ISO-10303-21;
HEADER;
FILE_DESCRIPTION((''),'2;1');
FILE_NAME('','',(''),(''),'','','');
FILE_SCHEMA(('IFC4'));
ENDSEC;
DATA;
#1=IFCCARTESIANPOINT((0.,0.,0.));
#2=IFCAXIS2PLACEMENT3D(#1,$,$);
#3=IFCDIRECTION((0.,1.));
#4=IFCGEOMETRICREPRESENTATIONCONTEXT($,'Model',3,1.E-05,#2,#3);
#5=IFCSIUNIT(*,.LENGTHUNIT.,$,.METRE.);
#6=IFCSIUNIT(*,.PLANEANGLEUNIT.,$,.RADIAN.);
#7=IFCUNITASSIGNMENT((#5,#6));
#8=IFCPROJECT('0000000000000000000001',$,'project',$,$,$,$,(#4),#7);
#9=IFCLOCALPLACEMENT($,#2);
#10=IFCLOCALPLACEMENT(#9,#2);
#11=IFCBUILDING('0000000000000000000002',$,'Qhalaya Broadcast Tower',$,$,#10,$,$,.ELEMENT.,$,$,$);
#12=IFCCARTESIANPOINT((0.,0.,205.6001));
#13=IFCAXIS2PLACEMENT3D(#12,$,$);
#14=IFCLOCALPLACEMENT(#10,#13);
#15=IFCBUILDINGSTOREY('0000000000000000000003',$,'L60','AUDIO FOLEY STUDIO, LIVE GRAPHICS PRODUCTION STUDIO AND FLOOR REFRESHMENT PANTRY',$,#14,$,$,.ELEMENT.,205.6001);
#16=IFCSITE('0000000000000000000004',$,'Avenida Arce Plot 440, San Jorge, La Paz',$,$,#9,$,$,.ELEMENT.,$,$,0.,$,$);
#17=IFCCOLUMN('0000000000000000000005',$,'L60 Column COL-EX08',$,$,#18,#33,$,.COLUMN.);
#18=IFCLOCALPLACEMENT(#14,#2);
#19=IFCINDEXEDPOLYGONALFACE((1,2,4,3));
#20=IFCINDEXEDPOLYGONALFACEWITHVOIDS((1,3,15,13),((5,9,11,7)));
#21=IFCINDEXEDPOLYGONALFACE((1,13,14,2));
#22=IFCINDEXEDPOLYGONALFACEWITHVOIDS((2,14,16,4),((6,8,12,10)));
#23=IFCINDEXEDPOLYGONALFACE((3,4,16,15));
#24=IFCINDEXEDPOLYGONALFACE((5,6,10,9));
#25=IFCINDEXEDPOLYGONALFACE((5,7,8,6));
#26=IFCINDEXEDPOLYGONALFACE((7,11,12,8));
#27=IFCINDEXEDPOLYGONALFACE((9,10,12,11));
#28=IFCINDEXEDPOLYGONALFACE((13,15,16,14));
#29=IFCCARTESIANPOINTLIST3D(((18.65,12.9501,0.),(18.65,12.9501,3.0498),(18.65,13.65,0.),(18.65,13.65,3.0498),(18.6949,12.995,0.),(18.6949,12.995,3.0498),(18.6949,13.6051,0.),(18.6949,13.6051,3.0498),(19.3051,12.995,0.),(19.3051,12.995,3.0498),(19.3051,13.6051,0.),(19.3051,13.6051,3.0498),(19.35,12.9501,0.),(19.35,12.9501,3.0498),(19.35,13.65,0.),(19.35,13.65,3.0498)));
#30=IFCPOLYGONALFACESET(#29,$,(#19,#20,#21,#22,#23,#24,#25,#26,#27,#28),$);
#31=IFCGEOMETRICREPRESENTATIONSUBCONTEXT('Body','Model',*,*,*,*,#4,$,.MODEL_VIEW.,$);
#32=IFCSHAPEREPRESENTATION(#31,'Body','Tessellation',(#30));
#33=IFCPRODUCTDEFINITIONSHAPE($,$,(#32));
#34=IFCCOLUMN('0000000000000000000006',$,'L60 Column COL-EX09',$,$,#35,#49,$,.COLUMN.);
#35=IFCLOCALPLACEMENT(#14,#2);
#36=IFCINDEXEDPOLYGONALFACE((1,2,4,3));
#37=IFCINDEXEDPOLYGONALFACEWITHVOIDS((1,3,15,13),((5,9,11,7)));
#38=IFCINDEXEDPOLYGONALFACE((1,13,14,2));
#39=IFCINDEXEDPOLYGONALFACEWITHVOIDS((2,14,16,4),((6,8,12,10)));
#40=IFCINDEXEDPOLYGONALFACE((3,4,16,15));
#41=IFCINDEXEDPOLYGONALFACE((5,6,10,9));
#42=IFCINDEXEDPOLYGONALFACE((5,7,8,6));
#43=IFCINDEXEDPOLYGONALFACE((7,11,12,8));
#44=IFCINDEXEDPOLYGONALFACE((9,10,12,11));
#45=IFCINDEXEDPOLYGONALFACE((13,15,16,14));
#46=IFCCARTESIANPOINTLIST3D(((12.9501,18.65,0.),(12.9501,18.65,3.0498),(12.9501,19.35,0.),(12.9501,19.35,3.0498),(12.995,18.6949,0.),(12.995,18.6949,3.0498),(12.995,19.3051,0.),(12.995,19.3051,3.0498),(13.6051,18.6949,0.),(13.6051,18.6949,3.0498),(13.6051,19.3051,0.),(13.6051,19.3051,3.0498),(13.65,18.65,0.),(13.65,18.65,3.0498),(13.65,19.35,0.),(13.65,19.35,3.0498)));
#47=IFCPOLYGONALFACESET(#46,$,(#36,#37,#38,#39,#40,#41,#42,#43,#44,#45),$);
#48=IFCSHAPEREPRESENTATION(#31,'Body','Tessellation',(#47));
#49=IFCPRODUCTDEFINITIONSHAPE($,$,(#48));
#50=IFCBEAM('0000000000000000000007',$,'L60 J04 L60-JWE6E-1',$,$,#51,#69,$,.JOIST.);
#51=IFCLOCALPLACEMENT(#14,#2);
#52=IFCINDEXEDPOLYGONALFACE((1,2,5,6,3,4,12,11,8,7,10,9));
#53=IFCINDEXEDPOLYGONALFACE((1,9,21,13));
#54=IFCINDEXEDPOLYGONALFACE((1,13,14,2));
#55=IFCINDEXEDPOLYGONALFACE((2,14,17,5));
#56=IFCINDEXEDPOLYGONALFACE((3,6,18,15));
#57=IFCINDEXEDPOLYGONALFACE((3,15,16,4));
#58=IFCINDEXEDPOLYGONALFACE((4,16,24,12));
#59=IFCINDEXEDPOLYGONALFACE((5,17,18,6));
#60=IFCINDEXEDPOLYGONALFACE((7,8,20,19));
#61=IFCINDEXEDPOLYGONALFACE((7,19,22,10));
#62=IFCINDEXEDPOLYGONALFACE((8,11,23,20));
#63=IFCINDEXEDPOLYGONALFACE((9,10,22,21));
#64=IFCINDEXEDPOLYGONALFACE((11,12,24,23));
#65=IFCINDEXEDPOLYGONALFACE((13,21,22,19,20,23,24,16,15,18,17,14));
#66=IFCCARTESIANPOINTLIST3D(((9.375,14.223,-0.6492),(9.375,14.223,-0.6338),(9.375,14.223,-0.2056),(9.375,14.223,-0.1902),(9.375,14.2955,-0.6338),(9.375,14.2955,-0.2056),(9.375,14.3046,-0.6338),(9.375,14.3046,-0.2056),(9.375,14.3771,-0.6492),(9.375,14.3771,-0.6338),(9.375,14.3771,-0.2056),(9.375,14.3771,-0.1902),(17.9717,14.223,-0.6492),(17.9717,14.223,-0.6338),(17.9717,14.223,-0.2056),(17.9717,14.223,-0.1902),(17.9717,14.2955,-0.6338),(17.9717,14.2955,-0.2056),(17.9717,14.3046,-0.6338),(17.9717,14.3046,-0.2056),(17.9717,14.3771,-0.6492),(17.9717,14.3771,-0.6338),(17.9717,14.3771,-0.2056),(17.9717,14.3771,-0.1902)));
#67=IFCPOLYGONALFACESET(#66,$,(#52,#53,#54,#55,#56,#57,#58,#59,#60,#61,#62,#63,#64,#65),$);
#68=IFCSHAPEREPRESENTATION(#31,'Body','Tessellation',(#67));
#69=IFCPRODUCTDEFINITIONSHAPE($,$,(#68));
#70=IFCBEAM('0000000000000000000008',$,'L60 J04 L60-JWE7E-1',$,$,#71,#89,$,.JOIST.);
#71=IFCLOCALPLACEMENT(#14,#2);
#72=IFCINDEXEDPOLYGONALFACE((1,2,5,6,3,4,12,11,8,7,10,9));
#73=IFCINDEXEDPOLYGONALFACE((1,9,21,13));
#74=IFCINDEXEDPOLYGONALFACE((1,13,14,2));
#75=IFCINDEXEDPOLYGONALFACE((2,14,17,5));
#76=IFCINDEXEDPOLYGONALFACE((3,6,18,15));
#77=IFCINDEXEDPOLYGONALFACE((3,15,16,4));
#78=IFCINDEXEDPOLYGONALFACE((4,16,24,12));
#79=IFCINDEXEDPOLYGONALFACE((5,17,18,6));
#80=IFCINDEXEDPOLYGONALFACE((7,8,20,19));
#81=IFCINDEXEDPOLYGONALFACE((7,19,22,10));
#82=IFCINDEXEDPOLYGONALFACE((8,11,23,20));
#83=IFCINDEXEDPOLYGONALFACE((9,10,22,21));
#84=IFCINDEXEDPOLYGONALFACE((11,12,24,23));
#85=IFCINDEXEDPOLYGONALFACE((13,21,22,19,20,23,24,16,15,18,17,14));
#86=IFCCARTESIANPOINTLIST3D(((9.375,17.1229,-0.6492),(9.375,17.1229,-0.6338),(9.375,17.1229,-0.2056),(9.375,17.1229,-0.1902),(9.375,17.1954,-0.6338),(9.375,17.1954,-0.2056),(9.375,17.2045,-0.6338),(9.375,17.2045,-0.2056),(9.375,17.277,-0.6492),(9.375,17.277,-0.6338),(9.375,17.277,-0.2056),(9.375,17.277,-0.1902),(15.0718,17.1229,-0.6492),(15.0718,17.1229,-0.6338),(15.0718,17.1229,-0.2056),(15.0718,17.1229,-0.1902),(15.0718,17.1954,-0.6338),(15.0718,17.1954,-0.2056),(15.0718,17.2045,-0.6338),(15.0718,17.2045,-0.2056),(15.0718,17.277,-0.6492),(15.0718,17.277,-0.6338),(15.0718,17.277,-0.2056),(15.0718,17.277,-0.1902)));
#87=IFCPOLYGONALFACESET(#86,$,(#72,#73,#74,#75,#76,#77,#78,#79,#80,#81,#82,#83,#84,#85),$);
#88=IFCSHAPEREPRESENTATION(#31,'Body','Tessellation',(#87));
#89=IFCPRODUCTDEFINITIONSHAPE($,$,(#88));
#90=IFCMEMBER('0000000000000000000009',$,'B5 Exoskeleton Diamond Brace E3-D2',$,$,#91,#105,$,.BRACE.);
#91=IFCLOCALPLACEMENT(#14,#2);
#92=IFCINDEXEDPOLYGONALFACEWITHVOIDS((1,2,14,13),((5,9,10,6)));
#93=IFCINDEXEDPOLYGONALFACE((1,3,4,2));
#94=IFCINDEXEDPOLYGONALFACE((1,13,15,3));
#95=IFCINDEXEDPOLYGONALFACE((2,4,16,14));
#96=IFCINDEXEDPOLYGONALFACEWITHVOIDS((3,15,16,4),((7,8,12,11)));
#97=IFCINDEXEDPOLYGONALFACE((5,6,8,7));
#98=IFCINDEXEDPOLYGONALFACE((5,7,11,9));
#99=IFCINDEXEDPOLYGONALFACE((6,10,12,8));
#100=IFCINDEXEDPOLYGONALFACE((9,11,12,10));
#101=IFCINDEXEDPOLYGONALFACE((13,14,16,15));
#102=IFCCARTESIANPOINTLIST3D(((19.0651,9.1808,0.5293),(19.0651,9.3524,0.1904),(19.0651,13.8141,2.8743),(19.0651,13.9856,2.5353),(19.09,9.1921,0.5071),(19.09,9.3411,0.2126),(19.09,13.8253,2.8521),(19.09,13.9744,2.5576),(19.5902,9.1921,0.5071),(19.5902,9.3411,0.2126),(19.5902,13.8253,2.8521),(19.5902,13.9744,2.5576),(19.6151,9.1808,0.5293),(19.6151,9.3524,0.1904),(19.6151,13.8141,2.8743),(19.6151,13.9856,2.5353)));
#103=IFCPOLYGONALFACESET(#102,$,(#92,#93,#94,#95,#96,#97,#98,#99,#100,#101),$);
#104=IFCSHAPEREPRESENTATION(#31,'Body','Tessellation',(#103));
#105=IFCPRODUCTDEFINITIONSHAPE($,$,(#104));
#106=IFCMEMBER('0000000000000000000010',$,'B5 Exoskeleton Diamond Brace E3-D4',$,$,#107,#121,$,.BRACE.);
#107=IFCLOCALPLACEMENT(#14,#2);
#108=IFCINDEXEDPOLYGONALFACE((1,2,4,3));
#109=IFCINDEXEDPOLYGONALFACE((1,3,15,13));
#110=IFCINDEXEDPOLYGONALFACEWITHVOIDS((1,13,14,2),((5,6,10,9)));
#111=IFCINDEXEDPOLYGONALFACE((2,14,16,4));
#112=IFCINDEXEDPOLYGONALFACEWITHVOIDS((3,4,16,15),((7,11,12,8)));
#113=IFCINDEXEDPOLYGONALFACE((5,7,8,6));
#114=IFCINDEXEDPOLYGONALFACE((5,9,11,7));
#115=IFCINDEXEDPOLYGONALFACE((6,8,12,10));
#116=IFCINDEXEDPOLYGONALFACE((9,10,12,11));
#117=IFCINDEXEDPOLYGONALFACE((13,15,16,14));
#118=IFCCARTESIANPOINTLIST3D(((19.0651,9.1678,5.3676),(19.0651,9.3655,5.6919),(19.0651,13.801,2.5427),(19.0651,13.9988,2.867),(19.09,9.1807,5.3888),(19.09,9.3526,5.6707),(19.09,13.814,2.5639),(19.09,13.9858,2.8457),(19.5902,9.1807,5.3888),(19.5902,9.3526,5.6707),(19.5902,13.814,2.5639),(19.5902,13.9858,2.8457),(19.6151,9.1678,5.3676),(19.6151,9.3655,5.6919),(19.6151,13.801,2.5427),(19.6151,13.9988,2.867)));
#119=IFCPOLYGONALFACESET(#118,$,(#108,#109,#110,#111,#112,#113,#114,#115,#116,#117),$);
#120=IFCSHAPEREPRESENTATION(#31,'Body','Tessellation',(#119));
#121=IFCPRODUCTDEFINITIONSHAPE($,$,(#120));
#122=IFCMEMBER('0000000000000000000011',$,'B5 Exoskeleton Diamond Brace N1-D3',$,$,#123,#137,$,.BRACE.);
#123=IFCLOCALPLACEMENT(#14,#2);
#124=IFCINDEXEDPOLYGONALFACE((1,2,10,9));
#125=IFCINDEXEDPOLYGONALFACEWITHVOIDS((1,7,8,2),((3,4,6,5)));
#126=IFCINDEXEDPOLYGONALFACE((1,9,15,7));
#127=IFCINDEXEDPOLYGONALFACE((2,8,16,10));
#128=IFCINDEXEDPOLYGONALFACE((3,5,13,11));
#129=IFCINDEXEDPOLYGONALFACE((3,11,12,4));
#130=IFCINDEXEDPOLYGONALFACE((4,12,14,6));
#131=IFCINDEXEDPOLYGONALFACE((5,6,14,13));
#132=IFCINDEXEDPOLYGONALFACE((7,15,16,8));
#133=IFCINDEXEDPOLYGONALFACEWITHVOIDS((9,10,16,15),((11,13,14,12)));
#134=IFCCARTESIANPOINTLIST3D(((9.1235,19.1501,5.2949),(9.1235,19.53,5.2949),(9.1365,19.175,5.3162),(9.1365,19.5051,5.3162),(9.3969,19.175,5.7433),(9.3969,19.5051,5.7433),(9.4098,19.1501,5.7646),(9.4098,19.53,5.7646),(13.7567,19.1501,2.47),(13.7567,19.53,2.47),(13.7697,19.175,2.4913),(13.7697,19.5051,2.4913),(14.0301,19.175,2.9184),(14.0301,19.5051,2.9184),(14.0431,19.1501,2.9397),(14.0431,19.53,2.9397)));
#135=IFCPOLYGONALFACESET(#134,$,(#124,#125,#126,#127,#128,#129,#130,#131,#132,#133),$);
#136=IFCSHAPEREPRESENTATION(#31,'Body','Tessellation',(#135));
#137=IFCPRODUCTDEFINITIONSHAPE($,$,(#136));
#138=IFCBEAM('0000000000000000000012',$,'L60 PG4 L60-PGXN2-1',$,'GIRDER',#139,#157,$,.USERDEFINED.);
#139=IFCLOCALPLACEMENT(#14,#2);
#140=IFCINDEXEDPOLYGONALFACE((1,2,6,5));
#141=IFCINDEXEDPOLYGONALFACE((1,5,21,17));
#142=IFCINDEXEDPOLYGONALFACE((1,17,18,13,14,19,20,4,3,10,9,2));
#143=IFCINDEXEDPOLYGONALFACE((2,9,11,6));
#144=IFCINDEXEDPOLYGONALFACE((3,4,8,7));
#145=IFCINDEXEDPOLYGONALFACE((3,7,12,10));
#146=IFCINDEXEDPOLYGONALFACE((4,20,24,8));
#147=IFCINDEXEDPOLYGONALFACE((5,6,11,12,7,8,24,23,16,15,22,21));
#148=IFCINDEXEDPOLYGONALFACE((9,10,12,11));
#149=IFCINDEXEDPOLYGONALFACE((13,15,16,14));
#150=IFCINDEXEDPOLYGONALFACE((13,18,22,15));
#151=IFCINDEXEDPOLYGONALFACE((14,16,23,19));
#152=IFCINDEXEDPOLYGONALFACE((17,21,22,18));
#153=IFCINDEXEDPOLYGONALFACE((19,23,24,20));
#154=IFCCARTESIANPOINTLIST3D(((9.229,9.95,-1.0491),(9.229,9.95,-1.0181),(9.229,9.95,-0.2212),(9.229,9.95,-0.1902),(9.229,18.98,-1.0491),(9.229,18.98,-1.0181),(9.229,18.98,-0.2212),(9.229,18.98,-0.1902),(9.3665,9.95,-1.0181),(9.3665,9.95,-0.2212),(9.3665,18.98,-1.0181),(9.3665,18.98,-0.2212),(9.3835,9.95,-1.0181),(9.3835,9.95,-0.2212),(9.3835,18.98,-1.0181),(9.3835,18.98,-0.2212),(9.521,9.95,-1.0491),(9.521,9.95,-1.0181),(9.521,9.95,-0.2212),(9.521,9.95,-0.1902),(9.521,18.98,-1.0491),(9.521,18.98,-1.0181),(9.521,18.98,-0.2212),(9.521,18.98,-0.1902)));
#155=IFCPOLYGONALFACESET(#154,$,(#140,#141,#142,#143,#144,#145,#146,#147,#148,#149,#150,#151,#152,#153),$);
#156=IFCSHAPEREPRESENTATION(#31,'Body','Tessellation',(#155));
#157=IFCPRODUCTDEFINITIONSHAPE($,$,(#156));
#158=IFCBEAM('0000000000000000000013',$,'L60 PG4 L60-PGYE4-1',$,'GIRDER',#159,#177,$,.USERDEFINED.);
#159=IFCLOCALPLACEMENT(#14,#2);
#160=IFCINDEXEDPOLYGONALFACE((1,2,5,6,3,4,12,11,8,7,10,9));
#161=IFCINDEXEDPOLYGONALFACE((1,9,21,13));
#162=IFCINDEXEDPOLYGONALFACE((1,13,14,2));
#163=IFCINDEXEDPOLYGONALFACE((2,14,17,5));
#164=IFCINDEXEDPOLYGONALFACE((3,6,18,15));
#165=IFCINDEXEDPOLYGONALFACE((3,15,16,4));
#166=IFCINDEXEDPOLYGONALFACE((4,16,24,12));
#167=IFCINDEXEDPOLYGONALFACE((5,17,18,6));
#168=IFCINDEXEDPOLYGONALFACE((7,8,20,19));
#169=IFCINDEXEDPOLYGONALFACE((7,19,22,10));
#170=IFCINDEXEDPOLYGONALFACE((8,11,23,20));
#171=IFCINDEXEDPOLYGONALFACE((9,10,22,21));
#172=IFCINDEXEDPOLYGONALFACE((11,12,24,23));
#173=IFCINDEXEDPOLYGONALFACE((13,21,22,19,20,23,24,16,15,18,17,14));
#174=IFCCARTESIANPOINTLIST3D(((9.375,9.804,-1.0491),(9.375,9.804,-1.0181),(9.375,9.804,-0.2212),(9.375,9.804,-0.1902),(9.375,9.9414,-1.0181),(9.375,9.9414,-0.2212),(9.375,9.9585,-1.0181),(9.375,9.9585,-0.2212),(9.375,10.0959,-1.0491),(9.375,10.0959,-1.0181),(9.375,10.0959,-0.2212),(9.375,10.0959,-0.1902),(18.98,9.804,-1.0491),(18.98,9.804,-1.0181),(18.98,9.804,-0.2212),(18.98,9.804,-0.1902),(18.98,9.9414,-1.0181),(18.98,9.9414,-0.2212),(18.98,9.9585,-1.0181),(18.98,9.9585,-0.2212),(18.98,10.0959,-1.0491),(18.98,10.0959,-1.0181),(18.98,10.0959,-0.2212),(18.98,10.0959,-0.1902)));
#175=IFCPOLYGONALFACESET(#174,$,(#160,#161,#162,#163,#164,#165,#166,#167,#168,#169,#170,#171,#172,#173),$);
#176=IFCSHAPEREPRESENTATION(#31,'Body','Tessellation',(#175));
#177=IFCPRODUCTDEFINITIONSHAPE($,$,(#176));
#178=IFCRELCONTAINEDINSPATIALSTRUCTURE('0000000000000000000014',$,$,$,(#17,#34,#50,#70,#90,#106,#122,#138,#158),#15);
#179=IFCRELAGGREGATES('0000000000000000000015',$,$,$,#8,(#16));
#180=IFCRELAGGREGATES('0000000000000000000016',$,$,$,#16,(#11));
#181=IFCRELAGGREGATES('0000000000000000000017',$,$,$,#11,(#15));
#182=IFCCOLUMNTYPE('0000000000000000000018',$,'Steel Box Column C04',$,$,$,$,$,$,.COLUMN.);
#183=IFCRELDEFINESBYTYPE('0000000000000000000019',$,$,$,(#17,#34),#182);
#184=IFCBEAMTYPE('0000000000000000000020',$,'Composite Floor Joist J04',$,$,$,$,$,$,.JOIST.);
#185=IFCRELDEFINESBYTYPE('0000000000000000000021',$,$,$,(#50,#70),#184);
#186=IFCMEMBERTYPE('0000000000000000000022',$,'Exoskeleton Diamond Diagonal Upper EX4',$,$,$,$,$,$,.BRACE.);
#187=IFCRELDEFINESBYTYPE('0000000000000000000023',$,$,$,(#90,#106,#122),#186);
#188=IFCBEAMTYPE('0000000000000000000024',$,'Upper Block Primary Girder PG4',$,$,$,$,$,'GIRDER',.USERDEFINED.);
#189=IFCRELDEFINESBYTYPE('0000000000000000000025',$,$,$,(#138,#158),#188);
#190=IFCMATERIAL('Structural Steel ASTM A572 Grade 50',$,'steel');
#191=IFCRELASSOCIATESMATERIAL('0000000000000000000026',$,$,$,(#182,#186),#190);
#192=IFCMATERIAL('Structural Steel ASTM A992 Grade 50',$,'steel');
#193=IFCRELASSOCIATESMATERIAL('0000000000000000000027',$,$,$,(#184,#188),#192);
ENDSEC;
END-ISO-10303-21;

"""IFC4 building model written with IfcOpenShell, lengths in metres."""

from ifc_helpers import new_model, si_unit, direction, frame, origin, origin_2d, place, context, subcontext, project, spatial, hollow_rectangle, i_section, extrude, material, material_profile, profile_set, type_object, element, save


model = new_model("IFC4")

# Units and contexts
model_context = context("Model", 3, precision=1e-05, world=origin(), true_north=direction((0.0, 1.0)))
body_context = subcontext(model_context, "Body", "Model", "MODEL_VIEW")
ifc_project = project(units=[si_unit("LENGTHUNIT", "METRE"), si_unit("PLANEANGLEUNIT", "RADIAN")], contexts=[model_context])

# Site, building, storey
site_placement = place(None, origin())
site = spatial("IfcSite", under=ifc_project, at=site_placement, Name="Avenida Arce Plot 440, San Jorge, La Paz", CompositionType="ELEMENT", RefElevation=0.0)
building_placement = place(site_placement, origin())
building = spatial("IfcBuilding", under=site, at=building_placement, Name="Qhalaya Broadcast Tower", CompositionType="ELEMENT")
storey_placement = place(building_placement, frame((0.0, 0.0, 205.6001)))
storey = spatial("IfcBuildingStorey", under=building, at=storey_placement, Name="L60", Description="AUDIO FOLEY STUDIO, LIVE GRAPHICS PRODUCTION STUDIO AND FLOOR REFRESHMENT PANTRY", CompositionType="ELEMENT", Elevation=205.6001)

# Columns
ifc_material_1 = material(Name="Structural Steel ASTM A572 Grade 50", Category="steel")
ifc_material_profile_1 = material_profile(ifc_material_1, hollow_rectangle(XDim=0.7, YDim=0.7, WallThickness=0.0449, at=origin_2d()), Name="BOX 700x700x45")
ifc_profile_set_1 = profile_set([ifc_material_profile_1], Name="Structural Steel ASTM A572 Grade 50")
column_type = type_object("IfcColumnType", Name="Steel Box Column C04", PredefinedType="COLUMN", material=ifc_profile_set_1)
for number, where, z_axis, x_axis, name in (
    (1, (19.0, 13.3, 0.0), (0.0, 0.0, 1.0), (0.0, 1.0, 0.0), "L60 Column COL-EX08"),
    (2, (13.3, 19.0, 0.0), (0.0, 0.0, 1.0), (1.0, 0.0, 0.0), "L60 Column COL-EX09"),
):
    element("IfcColumn", number, at=place(storey_placement, frame(where, z_axis=z_axis, x_axis=x_axis)), inside=storey, type_object=column_type, Name=name, PredefinedType="COLUMN", context=body_context, shape_type="SweptSolid", body=[
        extrude(hollow_rectangle(XDim=0.7, YDim=0.7, WallThickness=0.0449, at=origin_2d()), origin(), (0.0, 0.0, 1.0), 3.0498),
    ])

# Beams
ifc_material_2 = material(Name="Structural Steel ASTM A992 Grade 50", Category="steel")
ifc_material_profile_2 = material_profile(ifc_material_2, i_section(OverallWidth=0.1541, OverallDepth=0.459, WebThickness=0.009, FlangeThickness=0.0154, at=origin_2d()), Name="W18X46")
ifc_profile_set_2 = profile_set([ifc_material_profile_2], Name="Structural Steel ASTM A992 Grade 50")
beam_type_1 = type_object("IfcBeamType", Name="Composite Floor Joist J04", PredefinedType="JOIST", material=ifc_profile_set_2)
beam_1_placement = place(storey_placement, frame((9.375, 14.3, -0.4197), z_axis=(1.0, 0.0, 0.0), x_axis=(0.0, 1.0, 0.0)))
element("IfcBeam", 3, at=beam_1_placement, inside=storey, type_object=beam_type_1, Name="L60 J04 L60-JWE6E-1", PredefinedType="JOIST", context=body_context, shape_type="SweptSolid", body=[
    extrude(i_section(OverallWidth=0.1541, OverallDepth=0.459, WebThickness=0.009, FlangeThickness=0.0154, at=origin_2d()), origin(), (0.0, 0.0, 1.0), 8.5967),
])
beam_2_placement = place(storey_placement, frame((9.375, 17.2, -0.4197), z_axis=(1.0, 0.0, 0.0), x_axis=(0.0, 1.0, 0.0)))
element("IfcBeam", 4, at=beam_2_placement, inside=storey, type_object=beam_type_1, Name="L60 J04 L60-JWE7E-1", PredefinedType="JOIST", context=body_context, shape_type="SweptSolid", body=[
    extrude(i_section(OverallWidth=0.1541, OverallDepth=0.459, WebThickness=0.009, FlangeThickness=0.0154, at=origin_2d()), origin(), (0.0, 0.0, 1.0), 5.6968),
])

# Members
ifc_material_profile_3 = material_profile(ifc_material_1, hollow_rectangle(XDim=0.3799, YDim=0.55, WallThickness=0.0249, at=origin_2d()), Name="BOX 380x550x25")
ifc_profile_set_3 = profile_set([ifc_material_profile_3], Name="Structural Steel ASTM A572 Grade 50")
member_type = type_object("IfcMemberType", Name="Exoskeleton Diamond Diagonal Upper EX4", PredefinedType="BRACE", material=ifc_profile_set_3)
member_placement = place(storey_placement, frame((19.3401, 9.2666, 0.3599), z_axis=(0.0, 0.892235, 0.451571), x_axis=(0.0, -0.451571, 0.892235)))
element("IfcMember", 5, at=member_placement, inside=storey, type_object=member_type, Name="B5 Exoskeleton Diamond Brace E3-D2", PredefinedType="BRACE", context=body_context, shape_type="SweptSolid", body=[
    extrude(hollow_rectangle(XDim=0.3799, YDim=0.55, WallThickness=0.0249, at=origin_2d()), origin(), (0.0, 0.0, 1.0), 5.1929),
])
for number, where, z_axis, x_axis, name in (
    (6, (19.3401, 13.8999, 2.7048), (0.0, -0.853815, 0.520576), (0.0, 0.520576, 0.853815), "B5 Exoskeleton Diamond Brace E3-D4"),
    (7, (13.8999, 19.3401, 2.7048), (-0.853815, 0.0, 0.520576), (0.0, -1.0, 0.0), "B5 Exoskeleton Diamond Brace N1-D3"),
):
    element("IfcMember", number, at=place(storey_placement, frame(where, z_axis=z_axis, x_axis=x_axis)), inside=storey, type_object=member_type, Name=name, PredefinedType="BRACE", context=body_context, shape_type="SweptSolid", body=[
        extrude(hollow_rectangle(XDim=0.3799, YDim=0.55, WallThickness=0.0249, at=origin_2d()), origin(), (0.0, 0.0, 1.0), 5.4265),
    ])

# Beams
ifc_material_profile_4 = material_profile(ifc_material_2, i_section(OverallWidth=0.292, OverallDepth=0.8589, WebThickness=0.0171, FlangeThickness=0.031, at=origin_2d()), Name="W33X169")
ifc_profile_set_4 = profile_set([ifc_material_profile_4], Name="Structural Steel ASTM A992 Grade 50")
beam_type_2 = type_object("IfcBeamType", Name="Upper Block Primary Girder PG4", ElementType="GIRDER", PredefinedType="USERDEFINED", material=ifc_profile_set_4)
beam_3_placement = place(storey_placement, frame((9.375, 9.95, -0.6196), z_axis=(0.0, 1.0, 0.0), x_axis=(-1.0, 0.0, 0.0)))
element("IfcBeam", 8, at=beam_3_placement, inside=storey, type_object=beam_type_2, Name="L60 PG4 L60-PGXN2-1", ObjectType="GIRDER", PredefinedType="USERDEFINED", context=body_context, shape_type="SweptSolid", body=[
    extrude(i_section(OverallWidth=0.292, OverallDepth=0.8589, WebThickness=0.0171, FlangeThickness=0.031, at=origin_2d()), origin(), (0.0, 0.0, 1.0), 9.03),
])
beam_4_placement = place(storey_placement, frame((9.375, 9.95, -0.6196), z_axis=(1.0, 0.0, 0.0), x_axis=(0.0, 1.0, 0.0)))
element("IfcBeam", 9, at=beam_4_placement, inside=storey, type_object=beam_type_2, Name="L60 PG4 L60-PGYE4-1", ObjectType="GIRDER", PredefinedType="USERDEFINED", context=body_context, shape_type="SweptSolid", body=[
    extrude(i_section(OverallWidth=0.292, OverallDepth=0.8589, WebThickness=0.0171, FlangeThickness=0.031, at=origin_2d()), origin(), (0.0, 0.0, 1.0), 9.605),
])

save(model, "model.ifc")
